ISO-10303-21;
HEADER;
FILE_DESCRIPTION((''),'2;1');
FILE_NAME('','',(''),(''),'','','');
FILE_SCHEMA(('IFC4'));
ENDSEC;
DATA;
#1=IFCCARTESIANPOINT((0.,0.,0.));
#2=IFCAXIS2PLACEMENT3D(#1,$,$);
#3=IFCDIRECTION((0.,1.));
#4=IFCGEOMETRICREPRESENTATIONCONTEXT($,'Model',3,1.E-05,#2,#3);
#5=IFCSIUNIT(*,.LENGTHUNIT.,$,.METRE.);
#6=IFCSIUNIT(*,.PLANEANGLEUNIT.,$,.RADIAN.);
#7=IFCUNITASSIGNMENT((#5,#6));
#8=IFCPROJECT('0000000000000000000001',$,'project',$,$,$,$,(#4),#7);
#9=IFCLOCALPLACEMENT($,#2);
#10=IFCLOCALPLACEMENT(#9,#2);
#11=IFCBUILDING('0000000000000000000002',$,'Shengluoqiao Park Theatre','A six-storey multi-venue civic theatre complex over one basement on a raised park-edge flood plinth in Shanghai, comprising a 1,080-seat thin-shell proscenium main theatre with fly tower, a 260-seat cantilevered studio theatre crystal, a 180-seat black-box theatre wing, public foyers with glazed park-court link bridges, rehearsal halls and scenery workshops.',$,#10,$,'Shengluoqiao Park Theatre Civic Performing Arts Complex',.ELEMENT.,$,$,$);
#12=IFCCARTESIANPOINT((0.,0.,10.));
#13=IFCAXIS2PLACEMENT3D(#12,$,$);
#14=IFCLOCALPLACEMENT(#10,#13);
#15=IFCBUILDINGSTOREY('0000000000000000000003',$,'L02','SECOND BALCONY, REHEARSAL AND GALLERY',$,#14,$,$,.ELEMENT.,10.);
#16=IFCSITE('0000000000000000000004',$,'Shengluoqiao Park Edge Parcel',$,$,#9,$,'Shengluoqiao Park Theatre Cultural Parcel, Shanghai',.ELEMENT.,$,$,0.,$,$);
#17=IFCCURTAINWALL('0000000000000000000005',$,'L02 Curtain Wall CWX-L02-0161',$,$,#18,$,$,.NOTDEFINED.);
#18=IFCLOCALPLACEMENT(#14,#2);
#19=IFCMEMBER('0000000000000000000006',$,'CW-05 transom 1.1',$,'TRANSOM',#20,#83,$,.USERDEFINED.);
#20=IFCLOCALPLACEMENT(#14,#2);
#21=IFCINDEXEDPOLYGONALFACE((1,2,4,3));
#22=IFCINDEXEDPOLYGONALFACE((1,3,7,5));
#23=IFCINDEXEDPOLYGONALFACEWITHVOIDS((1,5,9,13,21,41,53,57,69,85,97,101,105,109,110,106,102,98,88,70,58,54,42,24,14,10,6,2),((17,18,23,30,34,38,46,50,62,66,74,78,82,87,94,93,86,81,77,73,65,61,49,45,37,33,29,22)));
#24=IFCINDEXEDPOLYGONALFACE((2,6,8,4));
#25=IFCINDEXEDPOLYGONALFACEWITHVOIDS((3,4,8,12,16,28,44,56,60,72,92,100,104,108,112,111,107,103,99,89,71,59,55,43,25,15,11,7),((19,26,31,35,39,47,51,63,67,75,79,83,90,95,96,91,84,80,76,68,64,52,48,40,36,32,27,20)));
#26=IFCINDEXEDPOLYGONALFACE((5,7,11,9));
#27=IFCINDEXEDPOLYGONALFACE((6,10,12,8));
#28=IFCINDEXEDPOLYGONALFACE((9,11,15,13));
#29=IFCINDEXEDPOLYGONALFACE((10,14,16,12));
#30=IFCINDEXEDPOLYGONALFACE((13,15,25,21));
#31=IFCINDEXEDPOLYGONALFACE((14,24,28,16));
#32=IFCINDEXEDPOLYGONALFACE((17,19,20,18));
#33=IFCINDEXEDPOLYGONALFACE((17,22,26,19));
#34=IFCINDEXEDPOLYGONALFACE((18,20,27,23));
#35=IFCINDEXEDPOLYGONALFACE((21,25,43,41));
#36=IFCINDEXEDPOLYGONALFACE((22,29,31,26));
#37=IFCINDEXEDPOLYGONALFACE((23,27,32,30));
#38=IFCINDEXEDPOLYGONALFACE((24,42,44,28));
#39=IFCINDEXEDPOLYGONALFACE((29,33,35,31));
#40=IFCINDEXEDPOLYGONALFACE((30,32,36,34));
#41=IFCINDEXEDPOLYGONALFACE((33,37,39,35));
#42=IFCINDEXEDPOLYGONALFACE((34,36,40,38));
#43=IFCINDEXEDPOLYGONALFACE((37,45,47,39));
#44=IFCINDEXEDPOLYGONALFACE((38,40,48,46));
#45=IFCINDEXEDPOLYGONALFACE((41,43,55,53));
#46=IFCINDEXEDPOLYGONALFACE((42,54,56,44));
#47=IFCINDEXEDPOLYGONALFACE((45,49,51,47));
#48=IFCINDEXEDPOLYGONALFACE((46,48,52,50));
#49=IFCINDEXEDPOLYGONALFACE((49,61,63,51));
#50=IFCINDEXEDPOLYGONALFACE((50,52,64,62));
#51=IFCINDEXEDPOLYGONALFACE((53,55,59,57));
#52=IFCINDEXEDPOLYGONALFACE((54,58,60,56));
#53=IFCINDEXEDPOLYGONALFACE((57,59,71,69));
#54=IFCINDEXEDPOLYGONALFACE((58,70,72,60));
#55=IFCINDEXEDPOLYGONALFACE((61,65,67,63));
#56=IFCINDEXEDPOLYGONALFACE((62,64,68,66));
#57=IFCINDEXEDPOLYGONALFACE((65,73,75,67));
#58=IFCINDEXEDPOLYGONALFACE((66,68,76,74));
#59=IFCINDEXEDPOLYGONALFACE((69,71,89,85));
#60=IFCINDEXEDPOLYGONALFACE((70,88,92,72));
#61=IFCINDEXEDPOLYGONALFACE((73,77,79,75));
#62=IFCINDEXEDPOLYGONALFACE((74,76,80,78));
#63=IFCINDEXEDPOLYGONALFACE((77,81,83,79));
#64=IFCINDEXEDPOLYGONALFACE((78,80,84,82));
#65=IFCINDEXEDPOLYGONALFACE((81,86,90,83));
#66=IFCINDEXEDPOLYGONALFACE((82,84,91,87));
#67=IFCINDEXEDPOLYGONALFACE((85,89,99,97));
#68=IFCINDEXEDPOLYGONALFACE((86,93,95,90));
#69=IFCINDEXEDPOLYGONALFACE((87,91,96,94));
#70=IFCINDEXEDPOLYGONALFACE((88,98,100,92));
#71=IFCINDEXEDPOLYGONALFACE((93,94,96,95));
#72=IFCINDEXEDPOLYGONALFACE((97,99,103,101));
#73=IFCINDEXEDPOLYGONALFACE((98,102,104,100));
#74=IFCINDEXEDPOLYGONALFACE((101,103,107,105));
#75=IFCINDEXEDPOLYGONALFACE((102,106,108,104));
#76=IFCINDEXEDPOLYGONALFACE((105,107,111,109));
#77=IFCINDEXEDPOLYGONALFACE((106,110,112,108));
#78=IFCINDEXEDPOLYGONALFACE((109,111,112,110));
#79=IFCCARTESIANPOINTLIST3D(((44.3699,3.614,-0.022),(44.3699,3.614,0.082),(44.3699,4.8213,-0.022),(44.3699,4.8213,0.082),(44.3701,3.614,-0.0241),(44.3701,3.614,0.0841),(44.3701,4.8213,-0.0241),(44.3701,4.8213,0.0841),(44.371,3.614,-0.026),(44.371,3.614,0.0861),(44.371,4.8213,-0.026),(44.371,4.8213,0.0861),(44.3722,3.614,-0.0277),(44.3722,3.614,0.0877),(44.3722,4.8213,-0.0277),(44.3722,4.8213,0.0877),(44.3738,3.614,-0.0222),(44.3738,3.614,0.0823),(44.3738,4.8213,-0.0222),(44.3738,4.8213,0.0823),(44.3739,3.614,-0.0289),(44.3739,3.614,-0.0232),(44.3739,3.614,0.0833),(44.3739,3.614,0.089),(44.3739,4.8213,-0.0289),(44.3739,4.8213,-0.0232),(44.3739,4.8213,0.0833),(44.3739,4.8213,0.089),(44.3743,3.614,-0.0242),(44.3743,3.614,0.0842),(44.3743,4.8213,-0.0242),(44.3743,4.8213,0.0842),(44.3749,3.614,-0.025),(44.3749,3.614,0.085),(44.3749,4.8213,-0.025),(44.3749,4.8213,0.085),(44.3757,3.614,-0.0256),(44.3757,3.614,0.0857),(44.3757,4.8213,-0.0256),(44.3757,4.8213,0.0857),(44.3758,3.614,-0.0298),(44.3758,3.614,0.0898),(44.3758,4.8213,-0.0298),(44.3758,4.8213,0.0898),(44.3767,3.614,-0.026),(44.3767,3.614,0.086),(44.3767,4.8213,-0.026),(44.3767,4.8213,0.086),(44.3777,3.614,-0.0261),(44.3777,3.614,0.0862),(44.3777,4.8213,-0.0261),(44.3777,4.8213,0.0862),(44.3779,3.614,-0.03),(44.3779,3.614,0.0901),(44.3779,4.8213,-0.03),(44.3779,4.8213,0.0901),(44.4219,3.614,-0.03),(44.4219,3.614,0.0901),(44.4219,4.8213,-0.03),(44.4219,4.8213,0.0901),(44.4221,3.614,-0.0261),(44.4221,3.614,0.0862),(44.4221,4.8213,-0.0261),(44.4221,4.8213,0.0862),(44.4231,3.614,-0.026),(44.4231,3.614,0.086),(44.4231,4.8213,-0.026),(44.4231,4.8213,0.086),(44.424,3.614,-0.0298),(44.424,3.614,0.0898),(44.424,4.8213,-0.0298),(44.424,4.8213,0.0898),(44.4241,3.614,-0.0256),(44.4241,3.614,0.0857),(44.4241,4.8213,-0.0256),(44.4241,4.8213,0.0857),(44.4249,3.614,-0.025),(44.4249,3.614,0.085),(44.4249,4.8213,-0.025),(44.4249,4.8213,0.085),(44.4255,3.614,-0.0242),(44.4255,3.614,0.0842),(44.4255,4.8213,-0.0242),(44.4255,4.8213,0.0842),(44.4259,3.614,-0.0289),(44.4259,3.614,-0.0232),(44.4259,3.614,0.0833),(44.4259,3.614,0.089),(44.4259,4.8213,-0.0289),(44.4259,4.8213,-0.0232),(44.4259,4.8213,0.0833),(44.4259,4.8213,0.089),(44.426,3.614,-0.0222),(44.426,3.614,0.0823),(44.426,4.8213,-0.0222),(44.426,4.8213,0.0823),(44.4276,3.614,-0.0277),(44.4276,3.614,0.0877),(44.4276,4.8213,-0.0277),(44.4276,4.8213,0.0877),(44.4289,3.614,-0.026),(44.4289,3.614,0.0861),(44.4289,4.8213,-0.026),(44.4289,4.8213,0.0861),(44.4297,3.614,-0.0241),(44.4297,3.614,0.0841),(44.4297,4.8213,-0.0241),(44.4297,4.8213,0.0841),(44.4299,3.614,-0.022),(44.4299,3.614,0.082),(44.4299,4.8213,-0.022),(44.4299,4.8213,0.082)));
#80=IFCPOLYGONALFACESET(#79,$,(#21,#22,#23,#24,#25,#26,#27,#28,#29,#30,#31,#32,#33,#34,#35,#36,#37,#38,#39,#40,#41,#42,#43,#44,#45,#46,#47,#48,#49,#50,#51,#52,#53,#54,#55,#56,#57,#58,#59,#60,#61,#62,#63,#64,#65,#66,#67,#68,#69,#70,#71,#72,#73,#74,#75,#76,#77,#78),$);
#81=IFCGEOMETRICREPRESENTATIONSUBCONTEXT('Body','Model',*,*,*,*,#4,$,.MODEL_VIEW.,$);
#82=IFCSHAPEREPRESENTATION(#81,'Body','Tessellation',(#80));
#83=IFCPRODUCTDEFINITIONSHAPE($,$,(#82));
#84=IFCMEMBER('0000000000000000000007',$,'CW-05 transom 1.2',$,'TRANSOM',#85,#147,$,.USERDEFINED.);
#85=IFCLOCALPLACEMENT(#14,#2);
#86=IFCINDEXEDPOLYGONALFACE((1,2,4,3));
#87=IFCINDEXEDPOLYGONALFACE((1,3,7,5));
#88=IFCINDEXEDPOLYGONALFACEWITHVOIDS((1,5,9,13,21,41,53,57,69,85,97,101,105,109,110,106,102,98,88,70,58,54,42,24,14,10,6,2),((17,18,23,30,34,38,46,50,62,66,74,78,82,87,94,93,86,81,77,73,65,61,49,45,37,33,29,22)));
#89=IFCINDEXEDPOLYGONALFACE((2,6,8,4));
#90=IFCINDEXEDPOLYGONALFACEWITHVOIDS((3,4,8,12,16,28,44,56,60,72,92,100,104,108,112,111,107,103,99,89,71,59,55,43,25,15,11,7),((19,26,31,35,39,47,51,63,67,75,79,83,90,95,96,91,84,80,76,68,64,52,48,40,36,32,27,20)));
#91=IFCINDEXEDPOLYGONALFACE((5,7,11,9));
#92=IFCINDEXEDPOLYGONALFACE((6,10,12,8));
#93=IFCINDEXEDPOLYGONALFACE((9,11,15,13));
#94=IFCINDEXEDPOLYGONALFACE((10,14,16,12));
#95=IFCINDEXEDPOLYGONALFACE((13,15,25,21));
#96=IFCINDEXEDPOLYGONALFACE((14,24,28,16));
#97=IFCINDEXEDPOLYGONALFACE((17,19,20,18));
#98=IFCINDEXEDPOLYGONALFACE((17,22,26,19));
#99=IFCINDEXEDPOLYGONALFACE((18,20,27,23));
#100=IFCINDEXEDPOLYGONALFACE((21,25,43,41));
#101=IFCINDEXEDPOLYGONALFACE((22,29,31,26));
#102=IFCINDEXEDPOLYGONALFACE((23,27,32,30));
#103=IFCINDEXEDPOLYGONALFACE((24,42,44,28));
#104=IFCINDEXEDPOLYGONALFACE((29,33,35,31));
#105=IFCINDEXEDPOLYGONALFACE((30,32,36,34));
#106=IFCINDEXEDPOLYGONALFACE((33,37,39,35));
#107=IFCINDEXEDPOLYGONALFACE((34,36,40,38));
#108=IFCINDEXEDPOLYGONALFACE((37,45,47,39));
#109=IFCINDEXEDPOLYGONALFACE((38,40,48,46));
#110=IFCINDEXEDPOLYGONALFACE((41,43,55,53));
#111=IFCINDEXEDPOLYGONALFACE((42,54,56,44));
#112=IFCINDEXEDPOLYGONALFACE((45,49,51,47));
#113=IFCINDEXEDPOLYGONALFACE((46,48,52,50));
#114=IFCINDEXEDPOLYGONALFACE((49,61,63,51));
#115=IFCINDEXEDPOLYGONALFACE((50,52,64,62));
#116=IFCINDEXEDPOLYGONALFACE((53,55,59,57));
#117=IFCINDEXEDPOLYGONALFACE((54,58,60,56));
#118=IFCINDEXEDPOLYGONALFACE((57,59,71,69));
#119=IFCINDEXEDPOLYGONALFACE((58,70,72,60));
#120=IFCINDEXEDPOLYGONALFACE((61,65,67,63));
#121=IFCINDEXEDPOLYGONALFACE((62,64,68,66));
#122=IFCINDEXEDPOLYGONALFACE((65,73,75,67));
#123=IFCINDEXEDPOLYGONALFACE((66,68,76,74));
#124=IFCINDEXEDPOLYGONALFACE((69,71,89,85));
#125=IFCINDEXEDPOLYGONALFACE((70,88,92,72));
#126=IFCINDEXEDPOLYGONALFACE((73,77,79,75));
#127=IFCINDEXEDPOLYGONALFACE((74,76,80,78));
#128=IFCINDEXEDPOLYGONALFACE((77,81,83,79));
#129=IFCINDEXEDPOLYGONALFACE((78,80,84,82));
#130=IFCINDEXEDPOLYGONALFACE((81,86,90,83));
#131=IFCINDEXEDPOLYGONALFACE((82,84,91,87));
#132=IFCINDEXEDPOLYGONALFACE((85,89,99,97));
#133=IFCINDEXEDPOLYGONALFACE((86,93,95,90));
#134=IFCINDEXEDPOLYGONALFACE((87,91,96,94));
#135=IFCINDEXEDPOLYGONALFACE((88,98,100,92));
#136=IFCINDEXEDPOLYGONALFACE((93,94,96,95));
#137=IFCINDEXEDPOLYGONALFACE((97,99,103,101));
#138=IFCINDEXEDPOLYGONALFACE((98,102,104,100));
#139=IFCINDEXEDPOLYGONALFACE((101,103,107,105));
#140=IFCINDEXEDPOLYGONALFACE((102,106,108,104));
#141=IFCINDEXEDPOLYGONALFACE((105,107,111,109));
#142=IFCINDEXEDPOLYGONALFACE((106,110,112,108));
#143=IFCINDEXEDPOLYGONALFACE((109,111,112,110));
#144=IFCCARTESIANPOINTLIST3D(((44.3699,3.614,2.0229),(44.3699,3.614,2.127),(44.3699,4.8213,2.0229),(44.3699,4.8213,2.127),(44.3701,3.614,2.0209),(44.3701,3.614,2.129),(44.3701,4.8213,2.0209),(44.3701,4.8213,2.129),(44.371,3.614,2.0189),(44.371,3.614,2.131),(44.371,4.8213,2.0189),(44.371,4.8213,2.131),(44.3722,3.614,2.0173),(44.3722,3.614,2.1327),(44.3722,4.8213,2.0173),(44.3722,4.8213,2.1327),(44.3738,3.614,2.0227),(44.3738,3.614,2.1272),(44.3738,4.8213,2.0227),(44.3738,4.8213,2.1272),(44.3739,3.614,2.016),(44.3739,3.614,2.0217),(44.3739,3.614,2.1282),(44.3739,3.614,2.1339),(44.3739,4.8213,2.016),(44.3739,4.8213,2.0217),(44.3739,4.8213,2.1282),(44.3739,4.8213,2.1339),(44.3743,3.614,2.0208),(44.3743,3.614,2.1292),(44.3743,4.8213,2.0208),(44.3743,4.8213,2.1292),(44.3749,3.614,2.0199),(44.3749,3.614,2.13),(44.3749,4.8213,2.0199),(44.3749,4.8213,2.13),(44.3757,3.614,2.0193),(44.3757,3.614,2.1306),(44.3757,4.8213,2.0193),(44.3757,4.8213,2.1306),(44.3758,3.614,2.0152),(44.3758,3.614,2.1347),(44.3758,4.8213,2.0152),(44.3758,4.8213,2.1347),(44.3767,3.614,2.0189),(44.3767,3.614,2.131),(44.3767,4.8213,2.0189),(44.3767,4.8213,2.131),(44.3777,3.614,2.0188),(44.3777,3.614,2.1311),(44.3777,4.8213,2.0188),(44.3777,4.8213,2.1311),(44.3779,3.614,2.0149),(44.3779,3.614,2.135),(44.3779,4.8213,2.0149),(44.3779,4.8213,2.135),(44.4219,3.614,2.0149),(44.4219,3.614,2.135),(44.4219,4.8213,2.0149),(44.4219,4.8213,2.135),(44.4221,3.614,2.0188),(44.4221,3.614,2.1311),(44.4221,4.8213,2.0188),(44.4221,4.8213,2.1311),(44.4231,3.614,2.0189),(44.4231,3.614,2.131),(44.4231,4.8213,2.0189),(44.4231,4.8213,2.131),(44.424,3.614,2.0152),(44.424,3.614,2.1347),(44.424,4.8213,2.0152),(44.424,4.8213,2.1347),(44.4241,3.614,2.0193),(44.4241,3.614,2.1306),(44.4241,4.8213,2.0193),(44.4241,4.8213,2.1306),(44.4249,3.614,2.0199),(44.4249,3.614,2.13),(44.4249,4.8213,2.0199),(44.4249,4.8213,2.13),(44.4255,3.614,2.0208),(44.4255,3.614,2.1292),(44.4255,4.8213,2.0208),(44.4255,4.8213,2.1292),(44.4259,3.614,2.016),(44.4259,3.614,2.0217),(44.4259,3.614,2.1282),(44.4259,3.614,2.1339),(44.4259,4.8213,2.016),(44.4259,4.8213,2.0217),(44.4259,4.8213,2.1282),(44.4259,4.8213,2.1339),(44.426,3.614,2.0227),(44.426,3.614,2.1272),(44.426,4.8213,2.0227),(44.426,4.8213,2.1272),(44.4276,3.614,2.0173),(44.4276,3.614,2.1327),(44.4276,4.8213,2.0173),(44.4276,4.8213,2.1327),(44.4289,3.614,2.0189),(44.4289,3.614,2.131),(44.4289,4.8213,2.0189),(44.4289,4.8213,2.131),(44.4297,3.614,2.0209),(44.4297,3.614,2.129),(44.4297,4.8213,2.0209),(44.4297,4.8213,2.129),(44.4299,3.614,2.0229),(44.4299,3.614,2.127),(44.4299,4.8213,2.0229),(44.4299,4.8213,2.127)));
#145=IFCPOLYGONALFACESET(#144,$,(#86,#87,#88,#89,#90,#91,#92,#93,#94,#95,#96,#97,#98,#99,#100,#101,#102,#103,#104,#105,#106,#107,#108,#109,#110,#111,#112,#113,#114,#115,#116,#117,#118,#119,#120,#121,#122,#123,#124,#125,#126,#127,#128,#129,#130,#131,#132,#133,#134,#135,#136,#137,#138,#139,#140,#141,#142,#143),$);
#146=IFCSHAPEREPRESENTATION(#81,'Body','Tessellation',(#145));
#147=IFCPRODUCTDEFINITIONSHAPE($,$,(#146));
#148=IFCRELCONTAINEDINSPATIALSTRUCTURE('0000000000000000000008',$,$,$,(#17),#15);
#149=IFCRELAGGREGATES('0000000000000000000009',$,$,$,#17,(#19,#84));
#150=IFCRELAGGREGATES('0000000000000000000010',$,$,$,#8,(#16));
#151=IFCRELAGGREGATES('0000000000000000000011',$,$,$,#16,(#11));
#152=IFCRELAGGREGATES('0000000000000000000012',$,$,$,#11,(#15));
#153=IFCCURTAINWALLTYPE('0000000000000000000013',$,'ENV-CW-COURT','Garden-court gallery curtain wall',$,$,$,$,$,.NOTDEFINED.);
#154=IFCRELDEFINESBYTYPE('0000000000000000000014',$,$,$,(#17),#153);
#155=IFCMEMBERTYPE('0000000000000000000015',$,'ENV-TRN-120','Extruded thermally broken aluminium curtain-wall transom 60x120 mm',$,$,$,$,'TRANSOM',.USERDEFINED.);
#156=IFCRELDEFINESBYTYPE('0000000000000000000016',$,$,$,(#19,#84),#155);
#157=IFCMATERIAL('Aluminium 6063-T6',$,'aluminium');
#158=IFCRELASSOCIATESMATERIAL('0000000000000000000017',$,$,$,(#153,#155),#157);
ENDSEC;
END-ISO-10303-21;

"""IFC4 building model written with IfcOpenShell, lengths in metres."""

from ifc_helpers import new_model, si_unit, direction, frame, origin, origin_2d, place, context, subcontext, project, spatial, hollow_rectangle, extrude, material, material_profile, profile_set, type_object, element, aggregate, save


model = new_model("IFC4")

# Units and contexts
model_context = context("Model", 3, precision=1e-05, world=origin(), true_north=direction((0.0, 1.0)))
body_context = subcontext(model_context, "Body", "Model", "MODEL_VIEW")
ifc_project = project(units=[si_unit("LENGTHUNIT", "METRE"), si_unit("PLANEANGLEUNIT", "RADIAN")], contexts=[model_context])

# Site, building, storey
site_placement = place(None, origin())
site = spatial("IfcSite", under=ifc_project, at=site_placement, Name="Shengluoqiao Park Edge Parcel", LongName="Shengluoqiao Park Theatre Cultural Parcel, Shanghai", CompositionType="ELEMENT", RefElevation=0.0)
building_placement = place(site_placement, origin())
building = spatial("IfcBuilding", under=site, at=building_placement, Name="Shengluoqiao Park Theatre", Description="A six-storey multi-venue civic theatre complex over one basement on a raised park-edge flood plinth in Shanghai, comprising a 1,080-seat thin-shell proscenium main theatre with fly tower, a 260-seat cantilevered studio theatre crystal, a 180-seat black-box theatre wing, public foyers with glazed park-court link bridges, rehearsal halls and scenery workshops.", LongName="Shengluoqiao Park Theatre Civic Performing Arts Complex", CompositionType="ELEMENT")
storey_placement = place(building_placement, frame((0.0, 0.0, 10.0)))
storey = spatial("IfcBuildingStorey", under=building, at=storey_placement, Name="L02", Description="SECOND BALCONY, REHEARSAL AND GALLERY", CompositionType="ELEMENT", Elevation=10.0)

# Curtain wall
ifc_material_1 = material(Name="Aluminium 6063-T6", Category="aluminium")
curtain_wall_type = type_object("IfcCurtainWallType", Name="ENV-CW-COURT", Description="Garden-court gallery curtain wall", PredefinedType="NOTDEFINED", material=ifc_material_1)
curtain_wall_1_placement = place(storey_placement, origin())
curtain_wall_1 = element("IfcCurtainWall", 1, at=curtain_wall_1_placement, inside=storey, type_object=curtain_wall_type, Name="L02 Curtain Wall CWX-L02-0161", PredefinedType="NOTDEFINED")

# Members
ifc_material_profile_1 = material_profile(ifc_material_1, hollow_rectangle(XDim=0.0601, YDim=0.1201, WallThickness=0.0039, InnerFilletRadius=0.0039, OuterFilletRadius=0.0081, at=origin_2d()), Name="ALU TRANSOM 120x60x4")
ifc_profile_set_1 = profile_set([ifc_material_profile_1], Name="Aluminium 6063-T6")
member_type_1 = type_object("IfcMemberType", Name="ENV-TRN-120", Description="Extruded thermally broken aluminium curtain-wall transom 60x120 mm", ElementType="TRANSOM", PredefinedType="USERDEFINED", material=ifc_profile_set_1)
member_1_placement = place(storey_placement, frame((44.3999, 3.614, 0.03), z_axis=(0.0, 1.0, 0.0), x_axis=(-1.0, 0.0, 0.0)))
member_1 = element("IfcMember", 2, at=member_1_placement, type_object=member_type_1, Name="CW-05 transom 1.1", ObjectType="TRANSOM", PredefinedType="USERDEFINED", context=body_context, shape_type="SweptSolid", body=[
    extrude(hollow_rectangle(XDim=0.0601, YDim=0.1201, WallThickness=0.0039, InnerFilletRadius=0.0039, OuterFilletRadius=0.0081, at=origin_2d()), origin(), (0.0, 0.0, 1.0), 1.2073),
])
member_2_placement = place(storey_placement, frame((44.3999, 3.614, 2.075), z_axis=(0.0, 1.0, 0.0), x_axis=(-1.0, 0.0, 0.0)))
member_2 = element("IfcMember", 3, at=member_2_placement, type_object=member_type_1, Name="CW-05 transom 1.2", ObjectType="TRANSOM", PredefinedType="USERDEFINED", context=body_context, shape_type="SweptSolid", body=[
    extrude(hollow_rectangle(XDim=0.0601, YDim=0.1201, WallThickness=0.0039, InnerFilletRadius=0.0039, OuterFilletRadius=0.0081, at=origin_2d()), origin(), (0.0, 0.0, 1.0), 1.2073),
])

aggregate(curtain_wall_1, [member_1, member_2])

save(model, "model.ifc")
